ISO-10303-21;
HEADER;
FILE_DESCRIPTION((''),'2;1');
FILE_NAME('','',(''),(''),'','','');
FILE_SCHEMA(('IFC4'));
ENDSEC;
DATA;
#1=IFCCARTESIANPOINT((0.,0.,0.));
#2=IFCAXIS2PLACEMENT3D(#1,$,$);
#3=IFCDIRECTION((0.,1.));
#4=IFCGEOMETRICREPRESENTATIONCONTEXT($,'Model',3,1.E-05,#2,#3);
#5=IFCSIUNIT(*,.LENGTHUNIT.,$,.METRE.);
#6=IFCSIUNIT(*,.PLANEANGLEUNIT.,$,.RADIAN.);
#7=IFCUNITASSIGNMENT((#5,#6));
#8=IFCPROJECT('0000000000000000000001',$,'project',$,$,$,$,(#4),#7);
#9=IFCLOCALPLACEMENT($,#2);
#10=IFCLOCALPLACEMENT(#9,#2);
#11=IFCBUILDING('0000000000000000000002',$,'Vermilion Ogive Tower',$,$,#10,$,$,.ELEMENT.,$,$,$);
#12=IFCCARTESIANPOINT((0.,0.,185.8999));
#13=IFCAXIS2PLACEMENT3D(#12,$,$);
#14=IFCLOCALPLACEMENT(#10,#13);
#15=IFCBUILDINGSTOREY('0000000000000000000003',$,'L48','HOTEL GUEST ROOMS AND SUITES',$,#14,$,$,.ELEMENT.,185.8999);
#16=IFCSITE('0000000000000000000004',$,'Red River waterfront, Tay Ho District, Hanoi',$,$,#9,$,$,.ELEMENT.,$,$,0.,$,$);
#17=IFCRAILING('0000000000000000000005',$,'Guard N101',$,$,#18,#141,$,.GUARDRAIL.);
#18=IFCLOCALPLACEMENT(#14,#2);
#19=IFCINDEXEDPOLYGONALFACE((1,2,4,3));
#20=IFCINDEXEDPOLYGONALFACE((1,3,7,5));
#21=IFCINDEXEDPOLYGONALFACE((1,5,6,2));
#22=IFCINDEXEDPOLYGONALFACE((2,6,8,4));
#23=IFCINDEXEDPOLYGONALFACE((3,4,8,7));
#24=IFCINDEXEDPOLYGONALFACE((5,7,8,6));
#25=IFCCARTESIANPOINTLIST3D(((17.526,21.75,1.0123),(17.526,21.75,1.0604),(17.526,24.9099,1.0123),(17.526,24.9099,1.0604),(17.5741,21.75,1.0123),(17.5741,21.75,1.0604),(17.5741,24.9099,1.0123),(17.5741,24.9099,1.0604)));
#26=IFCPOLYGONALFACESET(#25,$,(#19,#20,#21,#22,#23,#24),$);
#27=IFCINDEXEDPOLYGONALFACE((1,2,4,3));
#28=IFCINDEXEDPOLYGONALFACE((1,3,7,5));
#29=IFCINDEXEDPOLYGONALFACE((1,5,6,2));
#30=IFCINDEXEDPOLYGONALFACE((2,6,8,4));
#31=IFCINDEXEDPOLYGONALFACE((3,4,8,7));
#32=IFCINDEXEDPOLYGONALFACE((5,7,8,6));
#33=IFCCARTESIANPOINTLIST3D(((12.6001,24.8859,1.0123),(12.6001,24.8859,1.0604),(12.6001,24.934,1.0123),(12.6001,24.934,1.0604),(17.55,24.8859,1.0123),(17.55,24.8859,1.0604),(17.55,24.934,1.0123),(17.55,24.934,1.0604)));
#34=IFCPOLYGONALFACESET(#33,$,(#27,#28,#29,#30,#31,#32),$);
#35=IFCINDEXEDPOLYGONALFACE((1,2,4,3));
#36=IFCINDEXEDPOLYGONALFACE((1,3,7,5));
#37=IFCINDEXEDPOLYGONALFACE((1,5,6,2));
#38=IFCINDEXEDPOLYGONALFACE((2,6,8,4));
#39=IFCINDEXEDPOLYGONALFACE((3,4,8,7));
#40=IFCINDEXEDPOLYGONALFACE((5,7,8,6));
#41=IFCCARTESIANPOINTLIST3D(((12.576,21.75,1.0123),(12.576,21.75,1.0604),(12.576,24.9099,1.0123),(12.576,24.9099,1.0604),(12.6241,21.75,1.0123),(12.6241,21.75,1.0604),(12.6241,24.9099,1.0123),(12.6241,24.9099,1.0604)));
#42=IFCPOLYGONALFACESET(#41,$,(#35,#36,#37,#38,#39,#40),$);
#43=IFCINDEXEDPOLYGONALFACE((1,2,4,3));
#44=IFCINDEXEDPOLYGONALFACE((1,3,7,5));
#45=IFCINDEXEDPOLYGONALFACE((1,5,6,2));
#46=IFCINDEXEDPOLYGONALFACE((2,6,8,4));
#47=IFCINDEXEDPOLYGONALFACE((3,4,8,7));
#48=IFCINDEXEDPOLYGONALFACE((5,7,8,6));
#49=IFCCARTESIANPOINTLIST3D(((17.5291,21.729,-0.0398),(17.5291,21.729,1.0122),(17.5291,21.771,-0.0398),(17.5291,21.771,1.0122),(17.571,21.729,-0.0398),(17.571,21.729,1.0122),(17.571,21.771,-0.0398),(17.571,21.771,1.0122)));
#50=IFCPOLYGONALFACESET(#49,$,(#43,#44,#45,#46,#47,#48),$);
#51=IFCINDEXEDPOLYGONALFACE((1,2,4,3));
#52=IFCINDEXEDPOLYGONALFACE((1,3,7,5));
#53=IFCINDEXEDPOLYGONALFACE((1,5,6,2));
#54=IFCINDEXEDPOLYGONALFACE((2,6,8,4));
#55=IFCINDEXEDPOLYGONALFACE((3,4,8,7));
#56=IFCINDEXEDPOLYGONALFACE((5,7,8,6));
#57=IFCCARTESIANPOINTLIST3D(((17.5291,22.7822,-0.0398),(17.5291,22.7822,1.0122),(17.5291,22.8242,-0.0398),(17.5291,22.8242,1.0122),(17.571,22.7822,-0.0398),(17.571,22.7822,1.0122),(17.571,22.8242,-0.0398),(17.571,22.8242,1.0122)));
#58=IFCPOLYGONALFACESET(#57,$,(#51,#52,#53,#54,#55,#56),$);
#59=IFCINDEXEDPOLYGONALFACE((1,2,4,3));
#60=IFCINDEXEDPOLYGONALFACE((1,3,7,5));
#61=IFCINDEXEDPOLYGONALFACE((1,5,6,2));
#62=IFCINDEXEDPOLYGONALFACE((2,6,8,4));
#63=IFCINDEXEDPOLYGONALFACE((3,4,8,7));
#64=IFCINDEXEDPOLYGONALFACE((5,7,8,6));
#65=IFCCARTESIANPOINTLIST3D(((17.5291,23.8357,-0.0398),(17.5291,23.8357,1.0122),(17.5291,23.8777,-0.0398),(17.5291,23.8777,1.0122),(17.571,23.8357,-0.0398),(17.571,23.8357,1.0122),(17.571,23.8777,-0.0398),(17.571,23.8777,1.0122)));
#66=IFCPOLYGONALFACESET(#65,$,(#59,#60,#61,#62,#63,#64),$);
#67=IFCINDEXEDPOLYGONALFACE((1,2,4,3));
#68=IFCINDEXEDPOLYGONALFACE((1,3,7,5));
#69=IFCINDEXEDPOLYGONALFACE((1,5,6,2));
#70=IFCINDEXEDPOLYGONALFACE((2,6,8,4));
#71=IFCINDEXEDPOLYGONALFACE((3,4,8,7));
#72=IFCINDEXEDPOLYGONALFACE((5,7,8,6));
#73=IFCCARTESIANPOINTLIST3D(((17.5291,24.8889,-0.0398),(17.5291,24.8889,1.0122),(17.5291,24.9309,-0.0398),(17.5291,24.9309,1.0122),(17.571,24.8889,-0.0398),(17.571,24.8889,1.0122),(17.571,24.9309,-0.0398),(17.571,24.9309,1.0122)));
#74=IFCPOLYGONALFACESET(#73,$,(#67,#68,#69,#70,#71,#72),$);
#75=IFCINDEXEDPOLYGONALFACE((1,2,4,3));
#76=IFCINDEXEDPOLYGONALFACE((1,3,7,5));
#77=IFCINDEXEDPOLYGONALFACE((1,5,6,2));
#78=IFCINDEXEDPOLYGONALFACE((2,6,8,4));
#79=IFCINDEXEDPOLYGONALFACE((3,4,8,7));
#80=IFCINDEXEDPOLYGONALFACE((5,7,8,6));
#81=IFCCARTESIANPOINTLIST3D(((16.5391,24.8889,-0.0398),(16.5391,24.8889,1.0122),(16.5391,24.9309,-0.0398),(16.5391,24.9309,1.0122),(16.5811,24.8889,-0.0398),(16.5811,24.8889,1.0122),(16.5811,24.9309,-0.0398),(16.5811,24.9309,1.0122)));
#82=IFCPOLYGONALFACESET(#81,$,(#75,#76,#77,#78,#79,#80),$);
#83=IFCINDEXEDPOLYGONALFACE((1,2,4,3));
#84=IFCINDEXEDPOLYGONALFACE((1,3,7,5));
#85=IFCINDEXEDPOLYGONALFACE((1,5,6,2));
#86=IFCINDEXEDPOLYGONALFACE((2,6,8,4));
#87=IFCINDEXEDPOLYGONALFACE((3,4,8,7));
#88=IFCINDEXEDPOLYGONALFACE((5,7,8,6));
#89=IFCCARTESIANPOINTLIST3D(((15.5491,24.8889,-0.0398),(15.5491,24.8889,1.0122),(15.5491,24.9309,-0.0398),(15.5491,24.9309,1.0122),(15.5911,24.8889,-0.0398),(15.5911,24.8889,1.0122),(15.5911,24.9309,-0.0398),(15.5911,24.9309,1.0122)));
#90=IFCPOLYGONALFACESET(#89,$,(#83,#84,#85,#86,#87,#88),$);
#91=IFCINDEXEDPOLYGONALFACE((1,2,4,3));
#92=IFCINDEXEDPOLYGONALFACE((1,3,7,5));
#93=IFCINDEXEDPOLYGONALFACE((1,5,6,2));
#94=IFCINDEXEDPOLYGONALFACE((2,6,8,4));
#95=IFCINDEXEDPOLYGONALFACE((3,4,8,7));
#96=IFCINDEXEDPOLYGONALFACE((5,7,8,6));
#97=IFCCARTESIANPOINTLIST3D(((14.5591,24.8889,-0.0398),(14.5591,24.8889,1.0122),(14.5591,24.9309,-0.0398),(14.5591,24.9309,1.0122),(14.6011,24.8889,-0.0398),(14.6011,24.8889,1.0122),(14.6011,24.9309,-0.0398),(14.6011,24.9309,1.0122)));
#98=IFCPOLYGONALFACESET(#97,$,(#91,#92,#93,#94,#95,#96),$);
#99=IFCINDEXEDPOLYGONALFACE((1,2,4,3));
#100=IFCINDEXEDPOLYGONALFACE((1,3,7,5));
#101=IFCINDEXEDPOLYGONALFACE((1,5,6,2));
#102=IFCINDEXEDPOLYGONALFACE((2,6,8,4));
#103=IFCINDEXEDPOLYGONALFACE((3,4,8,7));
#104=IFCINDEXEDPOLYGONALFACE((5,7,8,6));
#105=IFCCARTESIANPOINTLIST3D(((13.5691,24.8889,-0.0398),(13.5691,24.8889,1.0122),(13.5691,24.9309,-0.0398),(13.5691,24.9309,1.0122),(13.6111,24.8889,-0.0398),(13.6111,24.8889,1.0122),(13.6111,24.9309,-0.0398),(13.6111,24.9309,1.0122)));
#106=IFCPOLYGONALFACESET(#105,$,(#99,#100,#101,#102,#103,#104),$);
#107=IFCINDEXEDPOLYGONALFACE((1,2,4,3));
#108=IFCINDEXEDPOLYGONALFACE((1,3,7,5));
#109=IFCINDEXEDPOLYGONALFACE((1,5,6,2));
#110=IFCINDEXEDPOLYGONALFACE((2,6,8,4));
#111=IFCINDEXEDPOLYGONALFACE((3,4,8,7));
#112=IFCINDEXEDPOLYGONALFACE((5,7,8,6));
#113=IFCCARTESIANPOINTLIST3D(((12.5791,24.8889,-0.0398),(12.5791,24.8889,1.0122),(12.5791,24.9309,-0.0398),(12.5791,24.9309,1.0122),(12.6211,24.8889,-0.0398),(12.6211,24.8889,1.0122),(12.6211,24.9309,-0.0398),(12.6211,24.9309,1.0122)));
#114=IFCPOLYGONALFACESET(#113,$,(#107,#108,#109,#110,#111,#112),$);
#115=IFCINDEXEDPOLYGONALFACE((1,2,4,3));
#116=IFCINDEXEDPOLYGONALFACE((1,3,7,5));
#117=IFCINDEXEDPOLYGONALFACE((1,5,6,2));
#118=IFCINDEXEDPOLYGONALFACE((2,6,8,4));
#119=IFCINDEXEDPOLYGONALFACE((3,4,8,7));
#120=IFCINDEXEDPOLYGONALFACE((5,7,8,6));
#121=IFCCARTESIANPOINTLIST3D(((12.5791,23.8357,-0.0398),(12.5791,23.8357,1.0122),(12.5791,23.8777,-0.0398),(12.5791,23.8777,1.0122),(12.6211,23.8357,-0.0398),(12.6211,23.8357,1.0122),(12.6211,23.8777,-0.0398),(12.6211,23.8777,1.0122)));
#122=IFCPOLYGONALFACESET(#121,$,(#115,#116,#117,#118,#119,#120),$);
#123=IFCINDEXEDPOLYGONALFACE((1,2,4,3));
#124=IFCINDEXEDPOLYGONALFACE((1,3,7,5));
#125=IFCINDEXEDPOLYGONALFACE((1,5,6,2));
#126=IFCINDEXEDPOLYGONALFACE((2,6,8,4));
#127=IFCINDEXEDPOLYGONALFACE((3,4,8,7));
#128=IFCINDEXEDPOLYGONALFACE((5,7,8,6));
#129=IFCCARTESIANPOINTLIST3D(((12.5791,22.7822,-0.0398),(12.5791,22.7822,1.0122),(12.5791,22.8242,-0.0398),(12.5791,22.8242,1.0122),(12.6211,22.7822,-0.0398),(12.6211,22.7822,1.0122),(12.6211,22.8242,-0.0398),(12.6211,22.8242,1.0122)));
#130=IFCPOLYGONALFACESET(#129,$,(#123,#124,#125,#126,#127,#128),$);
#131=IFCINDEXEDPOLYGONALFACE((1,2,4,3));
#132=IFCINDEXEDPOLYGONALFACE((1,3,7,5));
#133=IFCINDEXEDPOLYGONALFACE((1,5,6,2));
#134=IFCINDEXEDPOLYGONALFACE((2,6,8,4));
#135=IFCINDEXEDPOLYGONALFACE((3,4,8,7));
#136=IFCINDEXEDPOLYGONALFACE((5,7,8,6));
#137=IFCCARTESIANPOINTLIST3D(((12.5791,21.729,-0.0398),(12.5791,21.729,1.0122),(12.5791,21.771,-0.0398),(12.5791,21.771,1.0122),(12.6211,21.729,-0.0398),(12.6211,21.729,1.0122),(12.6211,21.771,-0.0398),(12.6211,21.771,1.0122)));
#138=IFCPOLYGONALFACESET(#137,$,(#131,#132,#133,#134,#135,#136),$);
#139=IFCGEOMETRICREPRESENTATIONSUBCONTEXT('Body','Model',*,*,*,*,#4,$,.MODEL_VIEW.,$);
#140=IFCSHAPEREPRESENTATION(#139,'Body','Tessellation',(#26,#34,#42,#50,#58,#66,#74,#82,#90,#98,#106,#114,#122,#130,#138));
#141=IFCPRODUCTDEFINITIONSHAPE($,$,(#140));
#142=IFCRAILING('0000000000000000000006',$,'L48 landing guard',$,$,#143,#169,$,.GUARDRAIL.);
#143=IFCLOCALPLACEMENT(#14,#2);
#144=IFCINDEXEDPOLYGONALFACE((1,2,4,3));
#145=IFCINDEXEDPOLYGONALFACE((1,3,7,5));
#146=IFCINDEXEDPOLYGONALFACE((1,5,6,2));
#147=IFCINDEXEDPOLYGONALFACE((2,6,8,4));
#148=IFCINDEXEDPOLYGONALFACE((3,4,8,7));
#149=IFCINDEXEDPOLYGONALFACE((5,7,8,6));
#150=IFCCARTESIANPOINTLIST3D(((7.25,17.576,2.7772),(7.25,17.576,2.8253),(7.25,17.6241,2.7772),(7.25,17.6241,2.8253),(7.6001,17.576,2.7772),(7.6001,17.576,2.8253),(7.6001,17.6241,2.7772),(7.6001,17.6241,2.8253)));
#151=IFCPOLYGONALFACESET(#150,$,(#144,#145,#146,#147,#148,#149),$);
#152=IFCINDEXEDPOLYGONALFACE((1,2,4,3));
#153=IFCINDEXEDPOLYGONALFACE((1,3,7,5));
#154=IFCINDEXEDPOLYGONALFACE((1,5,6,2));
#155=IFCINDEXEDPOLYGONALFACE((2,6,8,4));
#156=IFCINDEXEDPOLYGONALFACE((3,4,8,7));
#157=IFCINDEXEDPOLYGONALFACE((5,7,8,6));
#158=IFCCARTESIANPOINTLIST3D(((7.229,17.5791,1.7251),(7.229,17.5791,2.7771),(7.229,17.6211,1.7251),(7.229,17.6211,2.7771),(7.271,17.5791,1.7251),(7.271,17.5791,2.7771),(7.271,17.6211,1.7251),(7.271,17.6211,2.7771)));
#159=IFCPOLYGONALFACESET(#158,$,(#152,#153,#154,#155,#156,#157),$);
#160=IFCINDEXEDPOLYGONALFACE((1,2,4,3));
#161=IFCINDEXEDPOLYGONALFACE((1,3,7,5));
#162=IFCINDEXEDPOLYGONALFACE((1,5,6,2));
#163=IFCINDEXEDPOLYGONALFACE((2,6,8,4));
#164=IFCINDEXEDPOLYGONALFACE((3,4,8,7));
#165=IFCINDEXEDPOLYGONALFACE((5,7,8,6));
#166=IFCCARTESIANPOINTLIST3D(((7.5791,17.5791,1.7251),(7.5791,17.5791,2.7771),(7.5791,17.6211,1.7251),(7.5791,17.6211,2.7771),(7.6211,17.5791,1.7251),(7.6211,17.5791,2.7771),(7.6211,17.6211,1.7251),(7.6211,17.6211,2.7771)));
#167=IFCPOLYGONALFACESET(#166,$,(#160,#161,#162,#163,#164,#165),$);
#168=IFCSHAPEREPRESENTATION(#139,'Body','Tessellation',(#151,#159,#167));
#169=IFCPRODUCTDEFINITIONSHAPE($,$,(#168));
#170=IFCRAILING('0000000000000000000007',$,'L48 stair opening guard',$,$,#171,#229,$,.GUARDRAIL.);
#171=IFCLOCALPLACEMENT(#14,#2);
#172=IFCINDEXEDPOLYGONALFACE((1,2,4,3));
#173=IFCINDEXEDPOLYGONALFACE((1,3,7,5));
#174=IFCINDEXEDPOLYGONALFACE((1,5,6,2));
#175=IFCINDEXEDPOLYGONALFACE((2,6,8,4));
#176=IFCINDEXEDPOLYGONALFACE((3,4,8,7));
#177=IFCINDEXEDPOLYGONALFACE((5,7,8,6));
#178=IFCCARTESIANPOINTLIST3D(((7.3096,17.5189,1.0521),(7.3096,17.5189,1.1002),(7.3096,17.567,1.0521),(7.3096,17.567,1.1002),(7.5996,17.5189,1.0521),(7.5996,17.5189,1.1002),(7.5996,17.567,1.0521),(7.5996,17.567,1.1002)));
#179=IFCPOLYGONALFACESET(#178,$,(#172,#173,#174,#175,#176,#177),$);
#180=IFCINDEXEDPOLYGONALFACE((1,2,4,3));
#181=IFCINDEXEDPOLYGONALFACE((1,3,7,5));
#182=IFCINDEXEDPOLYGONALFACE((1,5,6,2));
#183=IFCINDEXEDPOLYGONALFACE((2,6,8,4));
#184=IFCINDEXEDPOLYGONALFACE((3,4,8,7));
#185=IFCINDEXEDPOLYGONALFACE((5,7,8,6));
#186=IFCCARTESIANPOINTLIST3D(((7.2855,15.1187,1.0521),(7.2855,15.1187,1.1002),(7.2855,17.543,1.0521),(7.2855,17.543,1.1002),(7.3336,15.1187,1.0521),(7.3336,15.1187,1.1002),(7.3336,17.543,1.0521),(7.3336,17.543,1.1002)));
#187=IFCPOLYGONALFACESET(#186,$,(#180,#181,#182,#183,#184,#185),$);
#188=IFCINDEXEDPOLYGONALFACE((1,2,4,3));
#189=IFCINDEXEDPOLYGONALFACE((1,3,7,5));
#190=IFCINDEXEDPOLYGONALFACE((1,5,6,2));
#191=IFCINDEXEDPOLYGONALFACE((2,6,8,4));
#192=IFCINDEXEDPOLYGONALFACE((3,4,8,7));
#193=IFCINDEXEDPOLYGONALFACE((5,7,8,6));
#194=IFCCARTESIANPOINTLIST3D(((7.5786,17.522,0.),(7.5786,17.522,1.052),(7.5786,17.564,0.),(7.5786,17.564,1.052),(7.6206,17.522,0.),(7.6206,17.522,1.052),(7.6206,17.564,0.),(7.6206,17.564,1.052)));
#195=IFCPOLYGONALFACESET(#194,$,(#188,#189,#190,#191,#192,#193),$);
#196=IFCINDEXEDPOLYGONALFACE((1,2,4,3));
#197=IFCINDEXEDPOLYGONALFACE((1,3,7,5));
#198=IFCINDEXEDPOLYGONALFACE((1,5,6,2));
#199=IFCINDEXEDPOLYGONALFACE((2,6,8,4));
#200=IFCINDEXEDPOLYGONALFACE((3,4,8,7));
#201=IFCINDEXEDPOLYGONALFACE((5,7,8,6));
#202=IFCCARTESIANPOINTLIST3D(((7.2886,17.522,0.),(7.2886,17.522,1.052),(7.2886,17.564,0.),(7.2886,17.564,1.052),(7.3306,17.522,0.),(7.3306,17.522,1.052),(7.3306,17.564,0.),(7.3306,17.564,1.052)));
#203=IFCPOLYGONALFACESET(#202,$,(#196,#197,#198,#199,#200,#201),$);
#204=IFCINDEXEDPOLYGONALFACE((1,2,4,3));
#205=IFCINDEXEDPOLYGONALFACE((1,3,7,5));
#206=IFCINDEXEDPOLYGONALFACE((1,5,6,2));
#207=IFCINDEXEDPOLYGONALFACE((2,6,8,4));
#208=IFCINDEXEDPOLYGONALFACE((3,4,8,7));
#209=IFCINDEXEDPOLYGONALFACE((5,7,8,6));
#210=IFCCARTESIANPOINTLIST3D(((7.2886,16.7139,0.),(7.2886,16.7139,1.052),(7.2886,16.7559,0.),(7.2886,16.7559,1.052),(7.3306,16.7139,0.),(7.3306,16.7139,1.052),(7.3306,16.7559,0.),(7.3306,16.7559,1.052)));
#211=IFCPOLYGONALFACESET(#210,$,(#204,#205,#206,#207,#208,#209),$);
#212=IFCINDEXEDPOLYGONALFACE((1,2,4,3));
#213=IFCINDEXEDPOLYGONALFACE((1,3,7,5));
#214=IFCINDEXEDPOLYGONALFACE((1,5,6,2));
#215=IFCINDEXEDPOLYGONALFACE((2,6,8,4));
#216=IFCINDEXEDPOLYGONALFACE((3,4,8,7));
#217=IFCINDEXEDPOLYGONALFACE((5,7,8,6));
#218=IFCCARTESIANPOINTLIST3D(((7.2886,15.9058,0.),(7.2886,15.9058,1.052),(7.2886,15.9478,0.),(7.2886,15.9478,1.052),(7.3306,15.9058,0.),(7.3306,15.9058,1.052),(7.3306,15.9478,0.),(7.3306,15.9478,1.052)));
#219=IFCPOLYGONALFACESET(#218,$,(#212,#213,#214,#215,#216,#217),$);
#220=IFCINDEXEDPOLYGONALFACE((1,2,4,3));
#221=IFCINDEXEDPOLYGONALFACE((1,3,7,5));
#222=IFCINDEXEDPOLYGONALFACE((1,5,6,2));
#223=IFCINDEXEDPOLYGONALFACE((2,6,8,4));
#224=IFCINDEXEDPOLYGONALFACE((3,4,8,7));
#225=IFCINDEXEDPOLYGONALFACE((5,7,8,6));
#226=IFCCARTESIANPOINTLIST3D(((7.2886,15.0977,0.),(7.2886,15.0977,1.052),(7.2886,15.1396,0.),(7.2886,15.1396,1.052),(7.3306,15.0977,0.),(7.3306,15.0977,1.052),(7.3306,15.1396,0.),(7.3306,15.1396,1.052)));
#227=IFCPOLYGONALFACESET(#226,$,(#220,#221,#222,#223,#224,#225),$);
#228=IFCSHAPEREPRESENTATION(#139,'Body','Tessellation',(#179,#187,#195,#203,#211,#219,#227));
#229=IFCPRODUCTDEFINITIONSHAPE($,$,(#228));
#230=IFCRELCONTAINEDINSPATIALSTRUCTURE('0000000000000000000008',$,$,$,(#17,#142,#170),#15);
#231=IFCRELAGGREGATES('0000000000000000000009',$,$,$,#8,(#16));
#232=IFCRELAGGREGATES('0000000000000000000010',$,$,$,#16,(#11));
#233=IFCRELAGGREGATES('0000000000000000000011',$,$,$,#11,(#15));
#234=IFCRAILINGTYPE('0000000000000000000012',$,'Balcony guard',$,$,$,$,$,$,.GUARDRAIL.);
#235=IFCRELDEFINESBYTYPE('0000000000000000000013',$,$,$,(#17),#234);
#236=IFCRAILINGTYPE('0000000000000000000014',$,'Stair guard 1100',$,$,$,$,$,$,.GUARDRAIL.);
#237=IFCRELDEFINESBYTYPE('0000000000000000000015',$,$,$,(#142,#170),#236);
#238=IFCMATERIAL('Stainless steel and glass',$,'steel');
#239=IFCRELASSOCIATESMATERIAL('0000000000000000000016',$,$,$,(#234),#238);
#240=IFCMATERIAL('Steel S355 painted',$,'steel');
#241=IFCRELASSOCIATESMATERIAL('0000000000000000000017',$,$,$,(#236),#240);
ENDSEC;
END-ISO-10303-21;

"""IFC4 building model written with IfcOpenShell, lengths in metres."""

from ifc_helpers import new_model, si_unit, direction, frame, origin, origin_2d, place, context, subcontext, project, spatial, rectangle, extrude, material, type_object, element, save


model = new_model("IFC4")

# Units and contexts
model_context = context("Model", 3, precision=1e-05, world=origin(), true_north=direction((0.0, 1.0)))
body_context = subcontext(model_context, "Body", "Model", "MODEL_VIEW")
ifc_project = project(units=[si_unit("LENGTHUNIT", "METRE"), si_unit("PLANEANGLEUNIT", "RADIAN")], contexts=[model_context])

# Site, building, storey
site_placement = place(None, origin())
site = spatial("IfcSite", under=ifc_project, at=site_placement, Name="Red River waterfront, Tay Ho District, Hanoi", CompositionType="ELEMENT", RefElevation=0.0)
building_placement = place(site_placement, origin())
building = spatial("IfcBuilding", under=site, at=building_placement, Name="Vermilion Ogive Tower", CompositionType="ELEMENT")
storey_placement = place(building_placement, frame((0.0, 0.0, 185.8999)))
storey = spatial("IfcBuildingStorey", under=building, at=storey_placement, Name="L48", Description="HOTEL GUEST ROOMS AND SUITES", CompositionType="ELEMENT", Elevation=185.8999)

# Railings
ifc_material_1 = material(Name="Stainless steel and glass", Category="steel")
railing_type_1 = type_object("IfcRailingType", Name="Balcony guard", PredefinedType="GUARDRAIL", material=ifc_material_1)
railing_1_placement = place(storey_placement, frame((17.55, 21.75, -0.0398)))
element("IfcRailing", 1, at=railing_1_placement, inside=storey, type_object=railing_type_1, Name="Guard N101", PredefinedType="GUARDRAIL", context=body_context, shape_type="SweptSolid", body=[
    extrude(rectangle(XDim=0.0481, YDim=0.0481, at=origin_2d()), frame((0.0, 0.0, 1.0762), z_axis=(0.0, 1.0, 0.0), x_axis=(-1.0, 0.0, 0.0)), (0.0, 0.0, 1.0), 3.1599),
    extrude(rectangle(XDim=0.0481, YDim=0.0481, at=origin_2d()), frame((0.0, 3.1599, 1.0762), z_axis=(-1.0, 0.0, 0.0), x_axis=(0.0, -1.0, 0.0)), (0.0, 0.0, 1.0), 4.95),
    extrude(rectangle(XDim=0.0481, YDim=0.0481, at=origin_2d()), frame((-4.95, 3.1599, 1.0762), z_axis=(0.0, -1.0, 0.0), x_axis=(1.0, 0.0, 0.0)), (0.0, 0.0, 1.0), 3.1599),
    extrude(rectangle(XDim=0.042, YDim=0.042, at=origin_2d()), origin(), (0.0, 0.0, 1.0), 1.052),
    extrude(rectangle(XDim=0.042, YDim=0.042, at=origin_2d()), frame((0.0, 1.0532, 0.0)), (0.0, 0.0, 1.0), 1.052),
    extrude(rectangle(XDim=0.042, YDim=0.042, at=origin_2d()), frame((0.0, 2.1067, 0.0)), (0.0, 0.0, 1.0), 1.052),
    extrude(rectangle(XDim=0.042, YDim=0.042, at=origin_2d()), frame((0.0, 3.1599, 0.0)), (0.0, 0.0, 1.0), 1.052),
    extrude(rectangle(XDim=0.042, YDim=0.042, at=origin_2d()), frame((-0.99, 3.1599, 0.0)), (0.0, 0.0, 1.0), 1.052),
    extrude(rectangle(XDim=0.042, YDim=0.042, at=origin_2d()), frame((-1.98, 3.1599, 0.0)), (0.0, 0.0, 1.0), 1.052),
    extrude(rectangle(XDim=0.042, YDim=0.042, at=origin_2d()), frame((-2.97, 3.1599, 0.0)), (0.0, 0.0, 1.0), 1.052),
    extrude(rectangle(XDim=0.042, YDim=0.042, at=origin_2d()), frame((-3.96, 3.1599, 0.0)), (0.0, 0.0, 1.0), 1.052),
    extrude(rectangle(XDim=0.042, YDim=0.042, at=origin_2d()), frame((-4.95, 3.1599, 0.0)), (0.0, 0.0, 1.0), 1.052),
    extrude(rectangle(XDim=0.042, YDim=0.042, at=origin_2d()), frame((-4.95, 2.1067, 0.0)), (0.0, 0.0, 1.0), 1.052),
    extrude(rectangle(XDim=0.042, YDim=0.042, at=origin_2d()), frame((-4.95, 1.0532, 0.0)), (0.0, 0.0, 1.0), 1.052),
    extrude(rectangle(XDim=0.042, YDim=0.042, at=origin_2d()), frame((-4.95, 0.0, 0.0)), (0.0, 0.0, 1.0), 1.052),
])
ifc_material_2 = material(Name="Steel S355 painted", Category="steel")
railing_type_2 = type_object("IfcRailingType", Name="Stair guard 1100", PredefinedType="GUARDRAIL", material=ifc_material_2)
railing_2_placement = place(storey_placement, frame((7.25, 17.6001, 1.7251)))
element("IfcRailing", 2, at=railing_2_placement, inside=storey, type_object=railing_type_2, Name="L48 landing guard", PredefinedType="GUARDRAIL", context=body_context, shape_type="SweptSolid", body=[
    extrude(rectangle(XDim=0.0481, YDim=0.0481, at=origin_2d()), frame((0.0, 0.0, 1.0762), z_axis=(1.0, 0.0, 0.0), x_axis=(0.0, 1.0, 0.0)), (0.0, 0.0, 1.0), 0.3501),
    extrude(rectangle(XDim=0.042, YDim=0.042, at=origin_2d()), origin(), (0.0, 0.0, 1.0), 1.052),
    extrude(rectangle(XDim=0.042, YDim=0.042, at=origin_2d()), frame((0.3501, 0.0, 0.0)), (0.0, 0.0, 1.0), 1.052),
])
railing_3_placement = place(storey_placement, frame((7.5996, 17.543, 0.0)))
element("IfcRailing", 3, at=railing_3_placement, inside=storey, type_object=railing_type_2, Name="L48 stair opening guard", PredefinedType="GUARDRAIL", context=body_context, shape_type="SweptSolid", body=[
    extrude(rectangle(XDim=0.0481, YDim=0.0481, at=origin_2d()), frame((0.0, 0.0, 1.0762), z_axis=(-1.0, 0.0, 0.0), x_axis=(0.0, -1.0, 0.0)), (0.0, 0.0, 1.0), 0.29),
    extrude(rectangle(XDim=0.0481, YDim=0.0481, at=origin_2d()), frame((-0.29, 0.0, 1.0762), z_axis=(0.0, -1.0, 0.0), x_axis=(1.0, 0.0, 0.0)), (0.0, 0.0, 1.0), 2.4243),
    extrude(rectangle(XDim=0.042, YDim=0.042, at=origin_2d()), origin(), (0.0, 0.0, 1.0), 1.052),
    extrude(rectangle(XDim=0.042, YDim=0.042, at=origin_2d()), frame((-0.29, 0.0, 0.0)), (0.0, 0.0, 1.0), 1.052),
    extrude(rectangle(XDim=0.042, YDim=0.042, at=origin_2d()), frame((-0.29, -0.8081, 0.0)), (0.0, 0.0, 1.0), 1.052),
    extrude(rectangle(XDim=0.042, YDim=0.042, at=origin_2d()), frame((-0.29, -1.6162, 0.0)), (0.0, 0.0, 1.0), 1.052),
    extrude(rectangle(XDim=0.042, YDim=0.042, at=origin_2d()), frame((-0.29, -2.4243, 0.0)), (0.0, 0.0, 1.0), 1.052),
])

save(model, "model.ifc")
